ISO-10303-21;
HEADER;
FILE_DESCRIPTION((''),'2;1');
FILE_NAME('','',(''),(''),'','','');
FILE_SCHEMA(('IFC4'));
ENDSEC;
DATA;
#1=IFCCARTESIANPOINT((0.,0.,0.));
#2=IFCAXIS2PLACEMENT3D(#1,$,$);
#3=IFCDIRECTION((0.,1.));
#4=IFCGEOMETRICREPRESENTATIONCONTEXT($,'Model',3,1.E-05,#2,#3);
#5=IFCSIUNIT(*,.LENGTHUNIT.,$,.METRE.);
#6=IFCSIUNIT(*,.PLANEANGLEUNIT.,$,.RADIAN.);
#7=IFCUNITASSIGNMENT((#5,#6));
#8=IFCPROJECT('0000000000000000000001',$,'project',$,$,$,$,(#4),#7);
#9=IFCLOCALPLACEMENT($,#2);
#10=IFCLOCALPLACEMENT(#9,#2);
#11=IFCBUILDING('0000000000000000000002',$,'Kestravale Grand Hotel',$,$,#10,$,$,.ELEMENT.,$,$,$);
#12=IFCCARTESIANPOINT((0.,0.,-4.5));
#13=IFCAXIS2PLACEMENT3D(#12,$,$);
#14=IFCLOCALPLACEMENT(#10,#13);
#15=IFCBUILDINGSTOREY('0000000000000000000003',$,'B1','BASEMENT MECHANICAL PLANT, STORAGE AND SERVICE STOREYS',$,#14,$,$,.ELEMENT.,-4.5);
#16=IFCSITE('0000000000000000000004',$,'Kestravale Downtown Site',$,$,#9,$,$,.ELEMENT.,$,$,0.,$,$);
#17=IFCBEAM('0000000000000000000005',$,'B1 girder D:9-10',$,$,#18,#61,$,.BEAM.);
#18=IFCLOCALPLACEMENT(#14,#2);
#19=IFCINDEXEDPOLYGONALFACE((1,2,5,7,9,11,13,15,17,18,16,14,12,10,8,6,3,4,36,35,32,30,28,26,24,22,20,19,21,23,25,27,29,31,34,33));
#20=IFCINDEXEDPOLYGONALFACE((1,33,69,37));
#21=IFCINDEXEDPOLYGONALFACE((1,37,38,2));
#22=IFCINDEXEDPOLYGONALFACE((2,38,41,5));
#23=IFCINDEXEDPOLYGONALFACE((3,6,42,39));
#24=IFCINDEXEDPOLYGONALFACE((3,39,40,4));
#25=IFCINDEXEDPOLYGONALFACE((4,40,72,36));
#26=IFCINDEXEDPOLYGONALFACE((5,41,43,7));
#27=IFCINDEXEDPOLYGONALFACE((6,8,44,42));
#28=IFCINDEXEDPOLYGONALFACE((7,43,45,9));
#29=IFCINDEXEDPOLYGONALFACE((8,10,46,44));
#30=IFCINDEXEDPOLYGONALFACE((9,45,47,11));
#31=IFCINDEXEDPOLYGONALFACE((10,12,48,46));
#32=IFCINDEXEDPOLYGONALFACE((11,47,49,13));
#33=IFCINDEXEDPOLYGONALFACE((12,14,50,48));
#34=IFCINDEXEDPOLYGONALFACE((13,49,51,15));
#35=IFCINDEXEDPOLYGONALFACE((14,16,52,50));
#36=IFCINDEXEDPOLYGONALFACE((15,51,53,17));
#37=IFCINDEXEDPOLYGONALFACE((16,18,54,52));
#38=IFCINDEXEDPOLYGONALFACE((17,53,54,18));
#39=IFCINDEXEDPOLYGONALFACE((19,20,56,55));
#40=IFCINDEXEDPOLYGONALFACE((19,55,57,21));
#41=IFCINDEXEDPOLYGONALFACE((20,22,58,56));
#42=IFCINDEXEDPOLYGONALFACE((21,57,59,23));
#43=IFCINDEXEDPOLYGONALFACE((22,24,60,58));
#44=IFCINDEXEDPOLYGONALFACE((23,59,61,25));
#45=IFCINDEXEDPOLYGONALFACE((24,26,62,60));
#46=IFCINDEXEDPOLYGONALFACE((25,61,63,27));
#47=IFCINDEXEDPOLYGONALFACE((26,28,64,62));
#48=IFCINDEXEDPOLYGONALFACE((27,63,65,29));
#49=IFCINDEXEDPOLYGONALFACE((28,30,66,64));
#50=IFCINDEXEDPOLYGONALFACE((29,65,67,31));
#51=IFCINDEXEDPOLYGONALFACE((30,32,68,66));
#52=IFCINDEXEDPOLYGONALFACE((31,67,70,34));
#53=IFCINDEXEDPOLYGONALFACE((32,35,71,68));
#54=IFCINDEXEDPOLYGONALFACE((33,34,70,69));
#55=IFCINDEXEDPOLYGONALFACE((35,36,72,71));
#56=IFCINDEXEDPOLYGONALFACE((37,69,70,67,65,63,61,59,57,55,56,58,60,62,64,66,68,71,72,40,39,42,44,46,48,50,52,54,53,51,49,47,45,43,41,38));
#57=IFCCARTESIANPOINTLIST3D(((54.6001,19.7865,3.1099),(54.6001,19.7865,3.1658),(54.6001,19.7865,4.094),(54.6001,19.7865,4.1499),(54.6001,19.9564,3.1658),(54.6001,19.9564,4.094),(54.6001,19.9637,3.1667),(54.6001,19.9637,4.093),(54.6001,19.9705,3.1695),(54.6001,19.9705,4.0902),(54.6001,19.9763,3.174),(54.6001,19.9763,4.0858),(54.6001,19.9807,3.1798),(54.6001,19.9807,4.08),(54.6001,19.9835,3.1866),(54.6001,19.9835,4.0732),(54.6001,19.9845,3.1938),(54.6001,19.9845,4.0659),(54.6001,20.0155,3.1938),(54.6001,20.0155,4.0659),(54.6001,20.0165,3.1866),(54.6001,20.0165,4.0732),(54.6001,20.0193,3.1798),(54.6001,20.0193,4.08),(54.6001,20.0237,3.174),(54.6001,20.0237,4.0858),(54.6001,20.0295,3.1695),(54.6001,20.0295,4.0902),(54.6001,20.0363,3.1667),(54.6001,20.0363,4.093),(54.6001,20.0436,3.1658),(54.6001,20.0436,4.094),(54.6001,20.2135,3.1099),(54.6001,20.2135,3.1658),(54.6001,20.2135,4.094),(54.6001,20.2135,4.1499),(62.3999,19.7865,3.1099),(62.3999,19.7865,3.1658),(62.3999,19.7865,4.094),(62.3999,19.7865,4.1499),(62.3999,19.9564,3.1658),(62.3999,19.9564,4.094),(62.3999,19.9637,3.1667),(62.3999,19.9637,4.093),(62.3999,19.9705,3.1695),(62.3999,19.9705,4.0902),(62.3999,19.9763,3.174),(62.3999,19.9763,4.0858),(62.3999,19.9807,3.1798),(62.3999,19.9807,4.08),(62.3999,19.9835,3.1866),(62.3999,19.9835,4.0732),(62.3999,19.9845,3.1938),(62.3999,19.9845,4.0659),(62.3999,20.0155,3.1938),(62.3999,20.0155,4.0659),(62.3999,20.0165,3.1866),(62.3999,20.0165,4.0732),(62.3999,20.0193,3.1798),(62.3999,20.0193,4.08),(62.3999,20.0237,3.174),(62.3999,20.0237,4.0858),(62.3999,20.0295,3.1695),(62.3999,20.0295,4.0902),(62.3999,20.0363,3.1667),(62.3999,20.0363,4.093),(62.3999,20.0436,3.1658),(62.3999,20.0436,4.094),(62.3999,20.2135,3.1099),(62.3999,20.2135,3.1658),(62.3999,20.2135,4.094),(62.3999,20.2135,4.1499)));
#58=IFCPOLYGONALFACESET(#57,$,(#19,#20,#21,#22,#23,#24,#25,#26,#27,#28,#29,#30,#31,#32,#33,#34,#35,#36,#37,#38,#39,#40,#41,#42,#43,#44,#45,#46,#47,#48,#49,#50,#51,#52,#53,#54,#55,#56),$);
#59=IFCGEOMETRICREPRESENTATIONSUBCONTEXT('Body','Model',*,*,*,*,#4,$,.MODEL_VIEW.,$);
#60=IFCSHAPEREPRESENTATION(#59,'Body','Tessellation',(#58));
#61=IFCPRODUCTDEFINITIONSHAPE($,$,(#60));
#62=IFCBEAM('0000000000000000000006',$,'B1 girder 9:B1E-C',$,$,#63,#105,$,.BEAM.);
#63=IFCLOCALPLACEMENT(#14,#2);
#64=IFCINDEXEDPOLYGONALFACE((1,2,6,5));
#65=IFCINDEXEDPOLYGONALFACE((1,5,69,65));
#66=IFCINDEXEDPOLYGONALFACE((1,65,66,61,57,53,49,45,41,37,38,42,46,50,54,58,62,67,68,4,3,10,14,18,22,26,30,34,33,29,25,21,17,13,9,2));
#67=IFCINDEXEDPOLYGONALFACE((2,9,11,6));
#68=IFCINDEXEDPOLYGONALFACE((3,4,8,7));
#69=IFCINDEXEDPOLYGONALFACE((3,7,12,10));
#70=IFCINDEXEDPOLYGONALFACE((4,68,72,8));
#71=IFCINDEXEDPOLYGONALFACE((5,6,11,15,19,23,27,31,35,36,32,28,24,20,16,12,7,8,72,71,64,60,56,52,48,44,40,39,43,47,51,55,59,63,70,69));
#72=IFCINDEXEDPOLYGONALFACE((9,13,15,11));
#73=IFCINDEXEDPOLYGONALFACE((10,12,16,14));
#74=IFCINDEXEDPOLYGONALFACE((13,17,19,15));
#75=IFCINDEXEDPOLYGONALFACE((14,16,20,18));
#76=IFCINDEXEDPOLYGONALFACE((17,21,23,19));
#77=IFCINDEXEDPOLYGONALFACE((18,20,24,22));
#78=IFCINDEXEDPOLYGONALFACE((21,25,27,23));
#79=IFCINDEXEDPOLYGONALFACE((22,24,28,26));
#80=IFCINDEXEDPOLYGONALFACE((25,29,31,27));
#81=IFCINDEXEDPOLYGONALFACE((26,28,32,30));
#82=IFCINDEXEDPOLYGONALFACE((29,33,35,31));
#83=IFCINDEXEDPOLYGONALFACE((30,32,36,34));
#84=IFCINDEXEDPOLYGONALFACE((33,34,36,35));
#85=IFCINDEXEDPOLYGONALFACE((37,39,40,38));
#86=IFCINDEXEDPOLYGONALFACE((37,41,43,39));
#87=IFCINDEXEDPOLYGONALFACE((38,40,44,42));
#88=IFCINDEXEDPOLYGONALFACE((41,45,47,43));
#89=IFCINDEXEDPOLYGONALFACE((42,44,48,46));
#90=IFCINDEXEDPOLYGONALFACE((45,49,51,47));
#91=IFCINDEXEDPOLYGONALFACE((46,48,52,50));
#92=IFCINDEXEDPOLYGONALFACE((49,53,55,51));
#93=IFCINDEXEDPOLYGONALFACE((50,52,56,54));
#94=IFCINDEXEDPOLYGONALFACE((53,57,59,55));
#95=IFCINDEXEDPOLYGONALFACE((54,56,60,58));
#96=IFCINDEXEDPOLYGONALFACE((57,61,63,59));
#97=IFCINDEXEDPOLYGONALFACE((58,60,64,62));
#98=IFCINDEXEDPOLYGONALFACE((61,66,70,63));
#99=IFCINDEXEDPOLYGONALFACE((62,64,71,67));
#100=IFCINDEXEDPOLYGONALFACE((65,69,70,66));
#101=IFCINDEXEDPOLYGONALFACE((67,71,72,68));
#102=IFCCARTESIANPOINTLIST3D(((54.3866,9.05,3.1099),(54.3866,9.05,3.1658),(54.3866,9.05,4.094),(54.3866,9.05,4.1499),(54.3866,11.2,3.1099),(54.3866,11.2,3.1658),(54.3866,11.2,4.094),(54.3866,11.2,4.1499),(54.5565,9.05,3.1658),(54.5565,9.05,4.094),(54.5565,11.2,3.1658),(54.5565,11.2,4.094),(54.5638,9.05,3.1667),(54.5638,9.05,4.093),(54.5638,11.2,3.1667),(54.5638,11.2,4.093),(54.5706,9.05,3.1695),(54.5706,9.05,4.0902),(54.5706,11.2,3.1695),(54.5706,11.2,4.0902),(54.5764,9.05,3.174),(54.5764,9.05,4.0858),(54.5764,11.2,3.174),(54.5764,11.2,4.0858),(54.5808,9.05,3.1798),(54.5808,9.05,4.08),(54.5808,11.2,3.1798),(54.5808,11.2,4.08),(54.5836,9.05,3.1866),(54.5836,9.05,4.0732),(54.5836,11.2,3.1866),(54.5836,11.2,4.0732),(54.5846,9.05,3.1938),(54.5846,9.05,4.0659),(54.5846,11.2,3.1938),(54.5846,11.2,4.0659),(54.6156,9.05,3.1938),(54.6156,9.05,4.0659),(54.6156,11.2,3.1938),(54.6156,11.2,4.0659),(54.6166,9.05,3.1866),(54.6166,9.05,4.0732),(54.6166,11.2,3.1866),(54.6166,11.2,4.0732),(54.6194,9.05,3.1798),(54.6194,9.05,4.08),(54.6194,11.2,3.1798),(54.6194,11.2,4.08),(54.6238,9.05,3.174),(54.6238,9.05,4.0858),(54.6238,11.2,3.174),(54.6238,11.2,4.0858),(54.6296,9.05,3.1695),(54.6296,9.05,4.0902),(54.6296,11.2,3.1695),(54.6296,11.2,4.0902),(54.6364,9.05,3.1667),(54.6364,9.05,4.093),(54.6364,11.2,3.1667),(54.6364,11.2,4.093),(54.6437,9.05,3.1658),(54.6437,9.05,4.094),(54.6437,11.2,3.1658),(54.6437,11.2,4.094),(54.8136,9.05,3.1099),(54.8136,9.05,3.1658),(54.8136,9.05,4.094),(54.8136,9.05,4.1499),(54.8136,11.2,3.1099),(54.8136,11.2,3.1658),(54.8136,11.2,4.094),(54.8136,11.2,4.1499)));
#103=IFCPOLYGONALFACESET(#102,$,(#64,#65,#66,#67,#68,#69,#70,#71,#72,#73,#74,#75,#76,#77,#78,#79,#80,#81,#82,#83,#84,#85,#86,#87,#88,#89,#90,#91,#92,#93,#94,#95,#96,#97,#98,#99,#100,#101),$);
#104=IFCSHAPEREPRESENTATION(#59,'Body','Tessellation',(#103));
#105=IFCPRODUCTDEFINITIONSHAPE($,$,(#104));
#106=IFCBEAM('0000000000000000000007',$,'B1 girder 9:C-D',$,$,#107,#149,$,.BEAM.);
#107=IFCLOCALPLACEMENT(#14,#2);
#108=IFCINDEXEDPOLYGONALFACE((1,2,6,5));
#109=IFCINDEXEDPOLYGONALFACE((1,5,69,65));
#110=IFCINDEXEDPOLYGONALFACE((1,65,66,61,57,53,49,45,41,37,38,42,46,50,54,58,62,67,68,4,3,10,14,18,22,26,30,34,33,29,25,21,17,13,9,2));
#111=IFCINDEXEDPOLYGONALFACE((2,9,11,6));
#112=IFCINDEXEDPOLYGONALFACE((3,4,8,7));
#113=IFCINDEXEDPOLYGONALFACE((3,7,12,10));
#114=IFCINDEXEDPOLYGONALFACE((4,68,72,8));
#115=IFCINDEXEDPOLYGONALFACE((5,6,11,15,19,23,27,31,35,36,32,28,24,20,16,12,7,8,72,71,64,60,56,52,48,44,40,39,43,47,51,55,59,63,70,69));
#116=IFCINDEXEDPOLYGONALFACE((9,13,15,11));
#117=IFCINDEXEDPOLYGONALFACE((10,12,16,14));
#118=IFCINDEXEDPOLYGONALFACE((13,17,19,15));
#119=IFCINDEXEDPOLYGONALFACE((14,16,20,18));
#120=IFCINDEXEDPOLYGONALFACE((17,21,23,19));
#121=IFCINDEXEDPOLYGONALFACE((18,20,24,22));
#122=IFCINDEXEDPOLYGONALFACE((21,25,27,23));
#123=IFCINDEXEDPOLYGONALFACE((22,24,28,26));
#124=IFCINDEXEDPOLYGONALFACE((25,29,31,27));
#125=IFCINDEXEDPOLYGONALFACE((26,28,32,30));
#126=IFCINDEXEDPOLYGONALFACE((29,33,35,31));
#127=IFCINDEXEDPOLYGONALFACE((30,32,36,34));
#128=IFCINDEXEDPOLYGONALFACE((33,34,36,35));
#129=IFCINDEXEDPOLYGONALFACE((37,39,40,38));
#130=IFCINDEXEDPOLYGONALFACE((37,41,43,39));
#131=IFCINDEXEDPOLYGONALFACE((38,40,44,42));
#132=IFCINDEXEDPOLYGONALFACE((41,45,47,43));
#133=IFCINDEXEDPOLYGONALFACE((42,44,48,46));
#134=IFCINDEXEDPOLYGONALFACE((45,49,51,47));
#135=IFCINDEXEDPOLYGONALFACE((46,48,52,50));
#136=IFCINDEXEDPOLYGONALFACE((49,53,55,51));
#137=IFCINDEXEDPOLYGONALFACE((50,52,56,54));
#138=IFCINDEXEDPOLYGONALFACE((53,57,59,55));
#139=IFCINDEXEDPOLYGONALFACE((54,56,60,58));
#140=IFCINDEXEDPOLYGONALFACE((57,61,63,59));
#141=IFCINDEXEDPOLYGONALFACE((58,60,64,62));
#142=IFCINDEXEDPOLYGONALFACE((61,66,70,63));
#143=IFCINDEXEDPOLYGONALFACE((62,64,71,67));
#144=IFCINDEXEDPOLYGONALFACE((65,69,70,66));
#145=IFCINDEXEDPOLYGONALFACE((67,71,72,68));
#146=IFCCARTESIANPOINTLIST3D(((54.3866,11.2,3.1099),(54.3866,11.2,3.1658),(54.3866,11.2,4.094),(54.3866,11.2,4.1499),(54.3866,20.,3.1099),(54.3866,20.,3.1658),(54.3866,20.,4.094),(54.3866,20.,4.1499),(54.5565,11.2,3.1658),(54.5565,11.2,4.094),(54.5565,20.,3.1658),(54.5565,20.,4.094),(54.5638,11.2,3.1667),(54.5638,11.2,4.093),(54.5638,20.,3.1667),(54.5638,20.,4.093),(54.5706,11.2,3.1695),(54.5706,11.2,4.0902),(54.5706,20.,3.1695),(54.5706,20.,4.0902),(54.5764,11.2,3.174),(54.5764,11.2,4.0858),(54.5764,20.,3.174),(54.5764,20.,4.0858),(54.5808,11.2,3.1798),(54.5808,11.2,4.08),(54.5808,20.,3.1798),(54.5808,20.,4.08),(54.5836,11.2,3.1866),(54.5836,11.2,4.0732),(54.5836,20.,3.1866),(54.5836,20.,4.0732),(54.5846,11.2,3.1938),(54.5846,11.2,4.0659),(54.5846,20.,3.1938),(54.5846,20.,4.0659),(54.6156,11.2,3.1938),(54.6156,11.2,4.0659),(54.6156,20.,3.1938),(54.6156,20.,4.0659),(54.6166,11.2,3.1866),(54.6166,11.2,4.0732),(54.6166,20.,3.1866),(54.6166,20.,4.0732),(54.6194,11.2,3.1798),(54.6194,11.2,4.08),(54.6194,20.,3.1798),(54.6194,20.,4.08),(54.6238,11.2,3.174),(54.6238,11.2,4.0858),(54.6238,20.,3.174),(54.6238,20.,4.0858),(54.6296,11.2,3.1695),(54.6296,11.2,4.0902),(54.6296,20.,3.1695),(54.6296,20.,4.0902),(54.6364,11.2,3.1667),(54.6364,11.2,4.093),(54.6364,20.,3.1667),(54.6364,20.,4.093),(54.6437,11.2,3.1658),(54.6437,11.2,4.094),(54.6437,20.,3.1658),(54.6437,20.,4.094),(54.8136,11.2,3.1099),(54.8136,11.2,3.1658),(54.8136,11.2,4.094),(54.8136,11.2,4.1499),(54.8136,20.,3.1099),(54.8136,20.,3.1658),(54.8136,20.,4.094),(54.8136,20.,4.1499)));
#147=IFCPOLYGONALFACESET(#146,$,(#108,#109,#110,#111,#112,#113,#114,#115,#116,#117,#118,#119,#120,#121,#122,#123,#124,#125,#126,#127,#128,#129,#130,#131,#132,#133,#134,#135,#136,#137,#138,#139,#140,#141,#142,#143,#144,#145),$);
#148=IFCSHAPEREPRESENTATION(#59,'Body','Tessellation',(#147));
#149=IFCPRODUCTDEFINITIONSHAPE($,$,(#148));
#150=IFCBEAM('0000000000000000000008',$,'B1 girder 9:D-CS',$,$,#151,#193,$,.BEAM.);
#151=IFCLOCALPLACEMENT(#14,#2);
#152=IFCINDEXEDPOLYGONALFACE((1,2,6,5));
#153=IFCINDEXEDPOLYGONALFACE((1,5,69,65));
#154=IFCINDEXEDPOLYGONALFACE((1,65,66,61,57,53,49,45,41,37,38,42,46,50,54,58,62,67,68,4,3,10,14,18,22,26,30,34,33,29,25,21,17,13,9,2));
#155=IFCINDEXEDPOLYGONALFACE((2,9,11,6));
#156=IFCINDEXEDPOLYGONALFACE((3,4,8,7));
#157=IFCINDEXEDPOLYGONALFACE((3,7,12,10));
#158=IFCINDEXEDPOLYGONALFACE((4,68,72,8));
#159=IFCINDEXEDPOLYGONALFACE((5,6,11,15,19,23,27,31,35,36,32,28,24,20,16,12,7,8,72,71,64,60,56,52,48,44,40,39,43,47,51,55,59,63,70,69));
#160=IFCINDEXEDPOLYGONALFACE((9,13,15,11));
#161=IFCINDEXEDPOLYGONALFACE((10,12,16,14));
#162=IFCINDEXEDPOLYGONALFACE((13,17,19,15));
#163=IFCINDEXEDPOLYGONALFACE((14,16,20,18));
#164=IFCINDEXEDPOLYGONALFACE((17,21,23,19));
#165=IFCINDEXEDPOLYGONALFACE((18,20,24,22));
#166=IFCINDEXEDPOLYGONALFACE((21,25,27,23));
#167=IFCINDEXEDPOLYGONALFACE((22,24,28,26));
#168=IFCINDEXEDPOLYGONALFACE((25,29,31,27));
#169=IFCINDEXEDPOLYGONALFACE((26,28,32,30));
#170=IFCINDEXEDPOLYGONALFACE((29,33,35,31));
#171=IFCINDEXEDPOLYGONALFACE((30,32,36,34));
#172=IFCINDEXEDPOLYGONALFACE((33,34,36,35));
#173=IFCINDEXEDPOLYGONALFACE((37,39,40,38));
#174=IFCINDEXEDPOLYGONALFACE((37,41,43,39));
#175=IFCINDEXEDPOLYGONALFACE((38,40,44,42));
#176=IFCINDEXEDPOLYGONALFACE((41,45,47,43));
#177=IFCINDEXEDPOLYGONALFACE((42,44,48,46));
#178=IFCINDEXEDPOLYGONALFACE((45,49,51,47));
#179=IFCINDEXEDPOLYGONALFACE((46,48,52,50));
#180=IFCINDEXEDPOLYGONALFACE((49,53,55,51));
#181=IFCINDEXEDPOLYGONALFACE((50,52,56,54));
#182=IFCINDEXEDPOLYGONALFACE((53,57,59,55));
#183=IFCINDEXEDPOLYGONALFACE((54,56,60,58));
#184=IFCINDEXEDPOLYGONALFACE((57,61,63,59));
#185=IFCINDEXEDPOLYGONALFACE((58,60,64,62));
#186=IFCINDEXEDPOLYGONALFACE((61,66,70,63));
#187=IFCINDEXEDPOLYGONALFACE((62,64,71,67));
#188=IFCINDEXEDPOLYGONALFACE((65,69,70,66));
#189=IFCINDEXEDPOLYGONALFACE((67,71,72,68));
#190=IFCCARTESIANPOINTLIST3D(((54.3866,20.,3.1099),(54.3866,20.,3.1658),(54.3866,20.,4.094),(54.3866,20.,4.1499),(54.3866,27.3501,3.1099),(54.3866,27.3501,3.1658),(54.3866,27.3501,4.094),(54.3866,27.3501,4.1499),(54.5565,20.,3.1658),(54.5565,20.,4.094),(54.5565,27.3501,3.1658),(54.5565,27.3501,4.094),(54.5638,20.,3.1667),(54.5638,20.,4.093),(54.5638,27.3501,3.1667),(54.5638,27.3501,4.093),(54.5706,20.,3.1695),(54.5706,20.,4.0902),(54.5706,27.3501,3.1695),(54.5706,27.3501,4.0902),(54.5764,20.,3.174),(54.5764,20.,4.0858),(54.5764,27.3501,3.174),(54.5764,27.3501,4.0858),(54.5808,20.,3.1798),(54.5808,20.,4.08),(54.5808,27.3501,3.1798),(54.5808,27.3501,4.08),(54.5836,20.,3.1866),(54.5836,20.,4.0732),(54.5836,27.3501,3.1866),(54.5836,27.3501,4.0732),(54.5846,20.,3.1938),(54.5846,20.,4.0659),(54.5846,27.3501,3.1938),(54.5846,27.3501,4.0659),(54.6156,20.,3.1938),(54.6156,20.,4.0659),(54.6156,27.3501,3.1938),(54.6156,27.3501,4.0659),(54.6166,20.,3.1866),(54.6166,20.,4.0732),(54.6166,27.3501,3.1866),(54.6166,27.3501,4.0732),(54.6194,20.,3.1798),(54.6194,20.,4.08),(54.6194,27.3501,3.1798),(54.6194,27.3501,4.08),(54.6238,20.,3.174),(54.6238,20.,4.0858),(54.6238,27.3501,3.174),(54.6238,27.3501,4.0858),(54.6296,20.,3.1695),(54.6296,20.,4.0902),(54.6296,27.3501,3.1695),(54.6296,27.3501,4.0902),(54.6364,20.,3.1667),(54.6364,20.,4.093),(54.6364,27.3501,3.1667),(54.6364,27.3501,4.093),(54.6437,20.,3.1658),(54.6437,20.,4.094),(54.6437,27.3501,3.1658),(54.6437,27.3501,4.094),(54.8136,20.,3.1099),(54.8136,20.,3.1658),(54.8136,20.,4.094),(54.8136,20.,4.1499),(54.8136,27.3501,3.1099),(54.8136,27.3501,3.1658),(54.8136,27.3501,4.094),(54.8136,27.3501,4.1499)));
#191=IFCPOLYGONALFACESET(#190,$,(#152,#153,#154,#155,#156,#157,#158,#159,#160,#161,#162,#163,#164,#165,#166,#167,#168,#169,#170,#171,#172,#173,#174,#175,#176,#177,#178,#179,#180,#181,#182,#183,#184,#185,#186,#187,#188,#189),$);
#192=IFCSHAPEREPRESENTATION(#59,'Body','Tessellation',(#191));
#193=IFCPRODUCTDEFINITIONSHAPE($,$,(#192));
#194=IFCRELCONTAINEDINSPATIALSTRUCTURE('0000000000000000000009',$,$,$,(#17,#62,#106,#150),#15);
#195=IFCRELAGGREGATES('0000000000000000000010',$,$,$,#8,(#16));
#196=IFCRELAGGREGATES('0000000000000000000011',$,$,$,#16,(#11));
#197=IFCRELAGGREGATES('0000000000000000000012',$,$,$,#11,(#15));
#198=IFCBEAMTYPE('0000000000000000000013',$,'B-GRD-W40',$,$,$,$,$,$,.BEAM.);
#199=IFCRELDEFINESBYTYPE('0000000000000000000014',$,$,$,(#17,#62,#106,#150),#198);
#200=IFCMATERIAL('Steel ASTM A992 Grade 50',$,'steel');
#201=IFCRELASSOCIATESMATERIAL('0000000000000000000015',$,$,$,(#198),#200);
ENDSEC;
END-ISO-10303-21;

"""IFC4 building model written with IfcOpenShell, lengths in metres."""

from ifc_helpers import new_model, si_unit, direction, frame, origin, origin_2d, place, context, subcontext, project, spatial, i_section, extrude, material, material_profile, profile_set, type_object, element, save


model = new_model("IFC4")

# Units and contexts
model_context = context("Model", 3, precision=1e-05, world=origin(), true_north=direction((0.0, 1.0)))
body_context = subcontext(model_context, "Body", "Model", "MODEL_VIEW")
ifc_project = project(units=[si_unit("LENGTHUNIT", "METRE"), si_unit("PLANEANGLEUNIT", "RADIAN")], contexts=[model_context])

# Site, building, storey
site_placement = place(None, origin())
site = spatial("IfcSite", under=ifc_project, at=site_placement, Name="Kestravale Downtown Site", CompositionType="ELEMENT", RefElevation=0.0)
building_placement = place(site_placement, origin())
building = spatial("IfcBuilding", under=site, at=building_placement, Name="Kestravale Grand Hotel", CompositionType="ELEMENT")
storey_placement = place(building_placement, frame((0.0, 0.0, -4.5)))
storey = spatial("IfcBuildingStorey", under=building, at=storey_placement, Name="B1", Description="BASEMENT MECHANICAL PLANT, STORAGE AND SERVICE STOREYS", CompositionType="ELEMENT", Elevation=-4.5)

# Beams
ifc_material_1 = material(Name="Steel ASTM A992 Grade 50", Category="steel")
ifc_material_profile_1 = material_profile(ifc_material_1, i_section(OverallWidth=0.427, OverallDepth=1.04, WebThickness=0.031, FlangeThickness=0.0559, FilletRadius=0.0281, at=origin_2d()))
ifc_profile_set_1 = profile_set([ifc_material_profile_1], Name="Steel ASTM A992 Grade 50")
beam_type_1 = type_object("IfcBeamType", Name="B-GRD-W40", PredefinedType="BEAM", material=ifc_profile_set_1)
for number, where, z_axis, x_axis, name in (
    (1, (54.6001, 20.0, 3.6299), (1.0, 0.0, 0.0), (0.0, 1.0, 0.0), "B1 girder D:9-10"),
):
    element("IfcBeam", number, at=place(storey_placement, frame(where, z_axis=z_axis, x_axis=x_axis)), inside=storey, type_object=beam_type_1, Name=name, PredefinedType="BEAM", context=body_context, shape_type="SweptSolid", body=[
        extrude(i_section(OverallWidth=0.427, OverallDepth=1.04, WebThickness=0.031, FlangeThickness=0.0559, FilletRadius=0.0281, at=origin_2d()), origin(), (0.0, 0.0, 1.0), 7.7998),
    ])
beam_1_placement = place(storey_placement, frame((54.6001, 9.05, 3.6299), z_axis=(0.0, 1.0, 0.0), x_axis=(-1.0, 0.0, 0.0)))
element("IfcBeam", 2, at=beam_1_placement, inside=storey, type_object=beam_type_1, Name="B1 girder 9:B1E-C", PredefinedType="BEAM", context=body_context, shape_type="SweptSolid", body=[
    extrude(i_section(OverallWidth=0.427, OverallDepth=1.04, WebThickness=0.031, FlangeThickness=0.0559, FilletRadius=0.0281, at=origin_2d()), origin(), (0.0, 0.0, 1.0), 2.1499),
])
beam_2_placement = place(storey_placement, frame((54.6001, 11.2, 3.6299), z_axis=(0.0, 1.0, 0.0), x_axis=(-1.0, 0.0, 0.0)))
element("IfcBeam", 3, at=beam_2_placement, inside=storey, type_object=beam_type_1, Name="B1 girder 9:C-D", PredefinedType="BEAM", context=body_context, shape_type="SweptSolid", body=[
    extrude(i_section(OverallWidth=0.427, OverallDepth=1.04, WebThickness=0.031, FlangeThickness=0.0559, FilletRadius=0.0281, at=origin_2d()), origin(), (0.0, 0.0, 1.0), 8.8),
])
beam_3_placement = place(storey_placement, frame((54.6001, 20.0, 3.6299), z_axis=(0.0, 1.0, 0.0), x_axis=(-1.0, 0.0, 0.0)))
element("IfcBeam", 4, at=beam_3_placement, inside=storey, type_object=beam_type_1, Name="B1 girder 9:D-CS", PredefinedType="BEAM", context=body_context, shape_type="SweptSolid", body=[
    extrude(i_section(OverallWidth=0.427, OverallDepth=1.04, WebThickness=0.031, FlangeThickness=0.0559, FilletRadius=0.0281, at=origin_2d()), origin(), (0.0, 0.0, 1.0), 7.3501),
])

save(model, "model.ifc")
